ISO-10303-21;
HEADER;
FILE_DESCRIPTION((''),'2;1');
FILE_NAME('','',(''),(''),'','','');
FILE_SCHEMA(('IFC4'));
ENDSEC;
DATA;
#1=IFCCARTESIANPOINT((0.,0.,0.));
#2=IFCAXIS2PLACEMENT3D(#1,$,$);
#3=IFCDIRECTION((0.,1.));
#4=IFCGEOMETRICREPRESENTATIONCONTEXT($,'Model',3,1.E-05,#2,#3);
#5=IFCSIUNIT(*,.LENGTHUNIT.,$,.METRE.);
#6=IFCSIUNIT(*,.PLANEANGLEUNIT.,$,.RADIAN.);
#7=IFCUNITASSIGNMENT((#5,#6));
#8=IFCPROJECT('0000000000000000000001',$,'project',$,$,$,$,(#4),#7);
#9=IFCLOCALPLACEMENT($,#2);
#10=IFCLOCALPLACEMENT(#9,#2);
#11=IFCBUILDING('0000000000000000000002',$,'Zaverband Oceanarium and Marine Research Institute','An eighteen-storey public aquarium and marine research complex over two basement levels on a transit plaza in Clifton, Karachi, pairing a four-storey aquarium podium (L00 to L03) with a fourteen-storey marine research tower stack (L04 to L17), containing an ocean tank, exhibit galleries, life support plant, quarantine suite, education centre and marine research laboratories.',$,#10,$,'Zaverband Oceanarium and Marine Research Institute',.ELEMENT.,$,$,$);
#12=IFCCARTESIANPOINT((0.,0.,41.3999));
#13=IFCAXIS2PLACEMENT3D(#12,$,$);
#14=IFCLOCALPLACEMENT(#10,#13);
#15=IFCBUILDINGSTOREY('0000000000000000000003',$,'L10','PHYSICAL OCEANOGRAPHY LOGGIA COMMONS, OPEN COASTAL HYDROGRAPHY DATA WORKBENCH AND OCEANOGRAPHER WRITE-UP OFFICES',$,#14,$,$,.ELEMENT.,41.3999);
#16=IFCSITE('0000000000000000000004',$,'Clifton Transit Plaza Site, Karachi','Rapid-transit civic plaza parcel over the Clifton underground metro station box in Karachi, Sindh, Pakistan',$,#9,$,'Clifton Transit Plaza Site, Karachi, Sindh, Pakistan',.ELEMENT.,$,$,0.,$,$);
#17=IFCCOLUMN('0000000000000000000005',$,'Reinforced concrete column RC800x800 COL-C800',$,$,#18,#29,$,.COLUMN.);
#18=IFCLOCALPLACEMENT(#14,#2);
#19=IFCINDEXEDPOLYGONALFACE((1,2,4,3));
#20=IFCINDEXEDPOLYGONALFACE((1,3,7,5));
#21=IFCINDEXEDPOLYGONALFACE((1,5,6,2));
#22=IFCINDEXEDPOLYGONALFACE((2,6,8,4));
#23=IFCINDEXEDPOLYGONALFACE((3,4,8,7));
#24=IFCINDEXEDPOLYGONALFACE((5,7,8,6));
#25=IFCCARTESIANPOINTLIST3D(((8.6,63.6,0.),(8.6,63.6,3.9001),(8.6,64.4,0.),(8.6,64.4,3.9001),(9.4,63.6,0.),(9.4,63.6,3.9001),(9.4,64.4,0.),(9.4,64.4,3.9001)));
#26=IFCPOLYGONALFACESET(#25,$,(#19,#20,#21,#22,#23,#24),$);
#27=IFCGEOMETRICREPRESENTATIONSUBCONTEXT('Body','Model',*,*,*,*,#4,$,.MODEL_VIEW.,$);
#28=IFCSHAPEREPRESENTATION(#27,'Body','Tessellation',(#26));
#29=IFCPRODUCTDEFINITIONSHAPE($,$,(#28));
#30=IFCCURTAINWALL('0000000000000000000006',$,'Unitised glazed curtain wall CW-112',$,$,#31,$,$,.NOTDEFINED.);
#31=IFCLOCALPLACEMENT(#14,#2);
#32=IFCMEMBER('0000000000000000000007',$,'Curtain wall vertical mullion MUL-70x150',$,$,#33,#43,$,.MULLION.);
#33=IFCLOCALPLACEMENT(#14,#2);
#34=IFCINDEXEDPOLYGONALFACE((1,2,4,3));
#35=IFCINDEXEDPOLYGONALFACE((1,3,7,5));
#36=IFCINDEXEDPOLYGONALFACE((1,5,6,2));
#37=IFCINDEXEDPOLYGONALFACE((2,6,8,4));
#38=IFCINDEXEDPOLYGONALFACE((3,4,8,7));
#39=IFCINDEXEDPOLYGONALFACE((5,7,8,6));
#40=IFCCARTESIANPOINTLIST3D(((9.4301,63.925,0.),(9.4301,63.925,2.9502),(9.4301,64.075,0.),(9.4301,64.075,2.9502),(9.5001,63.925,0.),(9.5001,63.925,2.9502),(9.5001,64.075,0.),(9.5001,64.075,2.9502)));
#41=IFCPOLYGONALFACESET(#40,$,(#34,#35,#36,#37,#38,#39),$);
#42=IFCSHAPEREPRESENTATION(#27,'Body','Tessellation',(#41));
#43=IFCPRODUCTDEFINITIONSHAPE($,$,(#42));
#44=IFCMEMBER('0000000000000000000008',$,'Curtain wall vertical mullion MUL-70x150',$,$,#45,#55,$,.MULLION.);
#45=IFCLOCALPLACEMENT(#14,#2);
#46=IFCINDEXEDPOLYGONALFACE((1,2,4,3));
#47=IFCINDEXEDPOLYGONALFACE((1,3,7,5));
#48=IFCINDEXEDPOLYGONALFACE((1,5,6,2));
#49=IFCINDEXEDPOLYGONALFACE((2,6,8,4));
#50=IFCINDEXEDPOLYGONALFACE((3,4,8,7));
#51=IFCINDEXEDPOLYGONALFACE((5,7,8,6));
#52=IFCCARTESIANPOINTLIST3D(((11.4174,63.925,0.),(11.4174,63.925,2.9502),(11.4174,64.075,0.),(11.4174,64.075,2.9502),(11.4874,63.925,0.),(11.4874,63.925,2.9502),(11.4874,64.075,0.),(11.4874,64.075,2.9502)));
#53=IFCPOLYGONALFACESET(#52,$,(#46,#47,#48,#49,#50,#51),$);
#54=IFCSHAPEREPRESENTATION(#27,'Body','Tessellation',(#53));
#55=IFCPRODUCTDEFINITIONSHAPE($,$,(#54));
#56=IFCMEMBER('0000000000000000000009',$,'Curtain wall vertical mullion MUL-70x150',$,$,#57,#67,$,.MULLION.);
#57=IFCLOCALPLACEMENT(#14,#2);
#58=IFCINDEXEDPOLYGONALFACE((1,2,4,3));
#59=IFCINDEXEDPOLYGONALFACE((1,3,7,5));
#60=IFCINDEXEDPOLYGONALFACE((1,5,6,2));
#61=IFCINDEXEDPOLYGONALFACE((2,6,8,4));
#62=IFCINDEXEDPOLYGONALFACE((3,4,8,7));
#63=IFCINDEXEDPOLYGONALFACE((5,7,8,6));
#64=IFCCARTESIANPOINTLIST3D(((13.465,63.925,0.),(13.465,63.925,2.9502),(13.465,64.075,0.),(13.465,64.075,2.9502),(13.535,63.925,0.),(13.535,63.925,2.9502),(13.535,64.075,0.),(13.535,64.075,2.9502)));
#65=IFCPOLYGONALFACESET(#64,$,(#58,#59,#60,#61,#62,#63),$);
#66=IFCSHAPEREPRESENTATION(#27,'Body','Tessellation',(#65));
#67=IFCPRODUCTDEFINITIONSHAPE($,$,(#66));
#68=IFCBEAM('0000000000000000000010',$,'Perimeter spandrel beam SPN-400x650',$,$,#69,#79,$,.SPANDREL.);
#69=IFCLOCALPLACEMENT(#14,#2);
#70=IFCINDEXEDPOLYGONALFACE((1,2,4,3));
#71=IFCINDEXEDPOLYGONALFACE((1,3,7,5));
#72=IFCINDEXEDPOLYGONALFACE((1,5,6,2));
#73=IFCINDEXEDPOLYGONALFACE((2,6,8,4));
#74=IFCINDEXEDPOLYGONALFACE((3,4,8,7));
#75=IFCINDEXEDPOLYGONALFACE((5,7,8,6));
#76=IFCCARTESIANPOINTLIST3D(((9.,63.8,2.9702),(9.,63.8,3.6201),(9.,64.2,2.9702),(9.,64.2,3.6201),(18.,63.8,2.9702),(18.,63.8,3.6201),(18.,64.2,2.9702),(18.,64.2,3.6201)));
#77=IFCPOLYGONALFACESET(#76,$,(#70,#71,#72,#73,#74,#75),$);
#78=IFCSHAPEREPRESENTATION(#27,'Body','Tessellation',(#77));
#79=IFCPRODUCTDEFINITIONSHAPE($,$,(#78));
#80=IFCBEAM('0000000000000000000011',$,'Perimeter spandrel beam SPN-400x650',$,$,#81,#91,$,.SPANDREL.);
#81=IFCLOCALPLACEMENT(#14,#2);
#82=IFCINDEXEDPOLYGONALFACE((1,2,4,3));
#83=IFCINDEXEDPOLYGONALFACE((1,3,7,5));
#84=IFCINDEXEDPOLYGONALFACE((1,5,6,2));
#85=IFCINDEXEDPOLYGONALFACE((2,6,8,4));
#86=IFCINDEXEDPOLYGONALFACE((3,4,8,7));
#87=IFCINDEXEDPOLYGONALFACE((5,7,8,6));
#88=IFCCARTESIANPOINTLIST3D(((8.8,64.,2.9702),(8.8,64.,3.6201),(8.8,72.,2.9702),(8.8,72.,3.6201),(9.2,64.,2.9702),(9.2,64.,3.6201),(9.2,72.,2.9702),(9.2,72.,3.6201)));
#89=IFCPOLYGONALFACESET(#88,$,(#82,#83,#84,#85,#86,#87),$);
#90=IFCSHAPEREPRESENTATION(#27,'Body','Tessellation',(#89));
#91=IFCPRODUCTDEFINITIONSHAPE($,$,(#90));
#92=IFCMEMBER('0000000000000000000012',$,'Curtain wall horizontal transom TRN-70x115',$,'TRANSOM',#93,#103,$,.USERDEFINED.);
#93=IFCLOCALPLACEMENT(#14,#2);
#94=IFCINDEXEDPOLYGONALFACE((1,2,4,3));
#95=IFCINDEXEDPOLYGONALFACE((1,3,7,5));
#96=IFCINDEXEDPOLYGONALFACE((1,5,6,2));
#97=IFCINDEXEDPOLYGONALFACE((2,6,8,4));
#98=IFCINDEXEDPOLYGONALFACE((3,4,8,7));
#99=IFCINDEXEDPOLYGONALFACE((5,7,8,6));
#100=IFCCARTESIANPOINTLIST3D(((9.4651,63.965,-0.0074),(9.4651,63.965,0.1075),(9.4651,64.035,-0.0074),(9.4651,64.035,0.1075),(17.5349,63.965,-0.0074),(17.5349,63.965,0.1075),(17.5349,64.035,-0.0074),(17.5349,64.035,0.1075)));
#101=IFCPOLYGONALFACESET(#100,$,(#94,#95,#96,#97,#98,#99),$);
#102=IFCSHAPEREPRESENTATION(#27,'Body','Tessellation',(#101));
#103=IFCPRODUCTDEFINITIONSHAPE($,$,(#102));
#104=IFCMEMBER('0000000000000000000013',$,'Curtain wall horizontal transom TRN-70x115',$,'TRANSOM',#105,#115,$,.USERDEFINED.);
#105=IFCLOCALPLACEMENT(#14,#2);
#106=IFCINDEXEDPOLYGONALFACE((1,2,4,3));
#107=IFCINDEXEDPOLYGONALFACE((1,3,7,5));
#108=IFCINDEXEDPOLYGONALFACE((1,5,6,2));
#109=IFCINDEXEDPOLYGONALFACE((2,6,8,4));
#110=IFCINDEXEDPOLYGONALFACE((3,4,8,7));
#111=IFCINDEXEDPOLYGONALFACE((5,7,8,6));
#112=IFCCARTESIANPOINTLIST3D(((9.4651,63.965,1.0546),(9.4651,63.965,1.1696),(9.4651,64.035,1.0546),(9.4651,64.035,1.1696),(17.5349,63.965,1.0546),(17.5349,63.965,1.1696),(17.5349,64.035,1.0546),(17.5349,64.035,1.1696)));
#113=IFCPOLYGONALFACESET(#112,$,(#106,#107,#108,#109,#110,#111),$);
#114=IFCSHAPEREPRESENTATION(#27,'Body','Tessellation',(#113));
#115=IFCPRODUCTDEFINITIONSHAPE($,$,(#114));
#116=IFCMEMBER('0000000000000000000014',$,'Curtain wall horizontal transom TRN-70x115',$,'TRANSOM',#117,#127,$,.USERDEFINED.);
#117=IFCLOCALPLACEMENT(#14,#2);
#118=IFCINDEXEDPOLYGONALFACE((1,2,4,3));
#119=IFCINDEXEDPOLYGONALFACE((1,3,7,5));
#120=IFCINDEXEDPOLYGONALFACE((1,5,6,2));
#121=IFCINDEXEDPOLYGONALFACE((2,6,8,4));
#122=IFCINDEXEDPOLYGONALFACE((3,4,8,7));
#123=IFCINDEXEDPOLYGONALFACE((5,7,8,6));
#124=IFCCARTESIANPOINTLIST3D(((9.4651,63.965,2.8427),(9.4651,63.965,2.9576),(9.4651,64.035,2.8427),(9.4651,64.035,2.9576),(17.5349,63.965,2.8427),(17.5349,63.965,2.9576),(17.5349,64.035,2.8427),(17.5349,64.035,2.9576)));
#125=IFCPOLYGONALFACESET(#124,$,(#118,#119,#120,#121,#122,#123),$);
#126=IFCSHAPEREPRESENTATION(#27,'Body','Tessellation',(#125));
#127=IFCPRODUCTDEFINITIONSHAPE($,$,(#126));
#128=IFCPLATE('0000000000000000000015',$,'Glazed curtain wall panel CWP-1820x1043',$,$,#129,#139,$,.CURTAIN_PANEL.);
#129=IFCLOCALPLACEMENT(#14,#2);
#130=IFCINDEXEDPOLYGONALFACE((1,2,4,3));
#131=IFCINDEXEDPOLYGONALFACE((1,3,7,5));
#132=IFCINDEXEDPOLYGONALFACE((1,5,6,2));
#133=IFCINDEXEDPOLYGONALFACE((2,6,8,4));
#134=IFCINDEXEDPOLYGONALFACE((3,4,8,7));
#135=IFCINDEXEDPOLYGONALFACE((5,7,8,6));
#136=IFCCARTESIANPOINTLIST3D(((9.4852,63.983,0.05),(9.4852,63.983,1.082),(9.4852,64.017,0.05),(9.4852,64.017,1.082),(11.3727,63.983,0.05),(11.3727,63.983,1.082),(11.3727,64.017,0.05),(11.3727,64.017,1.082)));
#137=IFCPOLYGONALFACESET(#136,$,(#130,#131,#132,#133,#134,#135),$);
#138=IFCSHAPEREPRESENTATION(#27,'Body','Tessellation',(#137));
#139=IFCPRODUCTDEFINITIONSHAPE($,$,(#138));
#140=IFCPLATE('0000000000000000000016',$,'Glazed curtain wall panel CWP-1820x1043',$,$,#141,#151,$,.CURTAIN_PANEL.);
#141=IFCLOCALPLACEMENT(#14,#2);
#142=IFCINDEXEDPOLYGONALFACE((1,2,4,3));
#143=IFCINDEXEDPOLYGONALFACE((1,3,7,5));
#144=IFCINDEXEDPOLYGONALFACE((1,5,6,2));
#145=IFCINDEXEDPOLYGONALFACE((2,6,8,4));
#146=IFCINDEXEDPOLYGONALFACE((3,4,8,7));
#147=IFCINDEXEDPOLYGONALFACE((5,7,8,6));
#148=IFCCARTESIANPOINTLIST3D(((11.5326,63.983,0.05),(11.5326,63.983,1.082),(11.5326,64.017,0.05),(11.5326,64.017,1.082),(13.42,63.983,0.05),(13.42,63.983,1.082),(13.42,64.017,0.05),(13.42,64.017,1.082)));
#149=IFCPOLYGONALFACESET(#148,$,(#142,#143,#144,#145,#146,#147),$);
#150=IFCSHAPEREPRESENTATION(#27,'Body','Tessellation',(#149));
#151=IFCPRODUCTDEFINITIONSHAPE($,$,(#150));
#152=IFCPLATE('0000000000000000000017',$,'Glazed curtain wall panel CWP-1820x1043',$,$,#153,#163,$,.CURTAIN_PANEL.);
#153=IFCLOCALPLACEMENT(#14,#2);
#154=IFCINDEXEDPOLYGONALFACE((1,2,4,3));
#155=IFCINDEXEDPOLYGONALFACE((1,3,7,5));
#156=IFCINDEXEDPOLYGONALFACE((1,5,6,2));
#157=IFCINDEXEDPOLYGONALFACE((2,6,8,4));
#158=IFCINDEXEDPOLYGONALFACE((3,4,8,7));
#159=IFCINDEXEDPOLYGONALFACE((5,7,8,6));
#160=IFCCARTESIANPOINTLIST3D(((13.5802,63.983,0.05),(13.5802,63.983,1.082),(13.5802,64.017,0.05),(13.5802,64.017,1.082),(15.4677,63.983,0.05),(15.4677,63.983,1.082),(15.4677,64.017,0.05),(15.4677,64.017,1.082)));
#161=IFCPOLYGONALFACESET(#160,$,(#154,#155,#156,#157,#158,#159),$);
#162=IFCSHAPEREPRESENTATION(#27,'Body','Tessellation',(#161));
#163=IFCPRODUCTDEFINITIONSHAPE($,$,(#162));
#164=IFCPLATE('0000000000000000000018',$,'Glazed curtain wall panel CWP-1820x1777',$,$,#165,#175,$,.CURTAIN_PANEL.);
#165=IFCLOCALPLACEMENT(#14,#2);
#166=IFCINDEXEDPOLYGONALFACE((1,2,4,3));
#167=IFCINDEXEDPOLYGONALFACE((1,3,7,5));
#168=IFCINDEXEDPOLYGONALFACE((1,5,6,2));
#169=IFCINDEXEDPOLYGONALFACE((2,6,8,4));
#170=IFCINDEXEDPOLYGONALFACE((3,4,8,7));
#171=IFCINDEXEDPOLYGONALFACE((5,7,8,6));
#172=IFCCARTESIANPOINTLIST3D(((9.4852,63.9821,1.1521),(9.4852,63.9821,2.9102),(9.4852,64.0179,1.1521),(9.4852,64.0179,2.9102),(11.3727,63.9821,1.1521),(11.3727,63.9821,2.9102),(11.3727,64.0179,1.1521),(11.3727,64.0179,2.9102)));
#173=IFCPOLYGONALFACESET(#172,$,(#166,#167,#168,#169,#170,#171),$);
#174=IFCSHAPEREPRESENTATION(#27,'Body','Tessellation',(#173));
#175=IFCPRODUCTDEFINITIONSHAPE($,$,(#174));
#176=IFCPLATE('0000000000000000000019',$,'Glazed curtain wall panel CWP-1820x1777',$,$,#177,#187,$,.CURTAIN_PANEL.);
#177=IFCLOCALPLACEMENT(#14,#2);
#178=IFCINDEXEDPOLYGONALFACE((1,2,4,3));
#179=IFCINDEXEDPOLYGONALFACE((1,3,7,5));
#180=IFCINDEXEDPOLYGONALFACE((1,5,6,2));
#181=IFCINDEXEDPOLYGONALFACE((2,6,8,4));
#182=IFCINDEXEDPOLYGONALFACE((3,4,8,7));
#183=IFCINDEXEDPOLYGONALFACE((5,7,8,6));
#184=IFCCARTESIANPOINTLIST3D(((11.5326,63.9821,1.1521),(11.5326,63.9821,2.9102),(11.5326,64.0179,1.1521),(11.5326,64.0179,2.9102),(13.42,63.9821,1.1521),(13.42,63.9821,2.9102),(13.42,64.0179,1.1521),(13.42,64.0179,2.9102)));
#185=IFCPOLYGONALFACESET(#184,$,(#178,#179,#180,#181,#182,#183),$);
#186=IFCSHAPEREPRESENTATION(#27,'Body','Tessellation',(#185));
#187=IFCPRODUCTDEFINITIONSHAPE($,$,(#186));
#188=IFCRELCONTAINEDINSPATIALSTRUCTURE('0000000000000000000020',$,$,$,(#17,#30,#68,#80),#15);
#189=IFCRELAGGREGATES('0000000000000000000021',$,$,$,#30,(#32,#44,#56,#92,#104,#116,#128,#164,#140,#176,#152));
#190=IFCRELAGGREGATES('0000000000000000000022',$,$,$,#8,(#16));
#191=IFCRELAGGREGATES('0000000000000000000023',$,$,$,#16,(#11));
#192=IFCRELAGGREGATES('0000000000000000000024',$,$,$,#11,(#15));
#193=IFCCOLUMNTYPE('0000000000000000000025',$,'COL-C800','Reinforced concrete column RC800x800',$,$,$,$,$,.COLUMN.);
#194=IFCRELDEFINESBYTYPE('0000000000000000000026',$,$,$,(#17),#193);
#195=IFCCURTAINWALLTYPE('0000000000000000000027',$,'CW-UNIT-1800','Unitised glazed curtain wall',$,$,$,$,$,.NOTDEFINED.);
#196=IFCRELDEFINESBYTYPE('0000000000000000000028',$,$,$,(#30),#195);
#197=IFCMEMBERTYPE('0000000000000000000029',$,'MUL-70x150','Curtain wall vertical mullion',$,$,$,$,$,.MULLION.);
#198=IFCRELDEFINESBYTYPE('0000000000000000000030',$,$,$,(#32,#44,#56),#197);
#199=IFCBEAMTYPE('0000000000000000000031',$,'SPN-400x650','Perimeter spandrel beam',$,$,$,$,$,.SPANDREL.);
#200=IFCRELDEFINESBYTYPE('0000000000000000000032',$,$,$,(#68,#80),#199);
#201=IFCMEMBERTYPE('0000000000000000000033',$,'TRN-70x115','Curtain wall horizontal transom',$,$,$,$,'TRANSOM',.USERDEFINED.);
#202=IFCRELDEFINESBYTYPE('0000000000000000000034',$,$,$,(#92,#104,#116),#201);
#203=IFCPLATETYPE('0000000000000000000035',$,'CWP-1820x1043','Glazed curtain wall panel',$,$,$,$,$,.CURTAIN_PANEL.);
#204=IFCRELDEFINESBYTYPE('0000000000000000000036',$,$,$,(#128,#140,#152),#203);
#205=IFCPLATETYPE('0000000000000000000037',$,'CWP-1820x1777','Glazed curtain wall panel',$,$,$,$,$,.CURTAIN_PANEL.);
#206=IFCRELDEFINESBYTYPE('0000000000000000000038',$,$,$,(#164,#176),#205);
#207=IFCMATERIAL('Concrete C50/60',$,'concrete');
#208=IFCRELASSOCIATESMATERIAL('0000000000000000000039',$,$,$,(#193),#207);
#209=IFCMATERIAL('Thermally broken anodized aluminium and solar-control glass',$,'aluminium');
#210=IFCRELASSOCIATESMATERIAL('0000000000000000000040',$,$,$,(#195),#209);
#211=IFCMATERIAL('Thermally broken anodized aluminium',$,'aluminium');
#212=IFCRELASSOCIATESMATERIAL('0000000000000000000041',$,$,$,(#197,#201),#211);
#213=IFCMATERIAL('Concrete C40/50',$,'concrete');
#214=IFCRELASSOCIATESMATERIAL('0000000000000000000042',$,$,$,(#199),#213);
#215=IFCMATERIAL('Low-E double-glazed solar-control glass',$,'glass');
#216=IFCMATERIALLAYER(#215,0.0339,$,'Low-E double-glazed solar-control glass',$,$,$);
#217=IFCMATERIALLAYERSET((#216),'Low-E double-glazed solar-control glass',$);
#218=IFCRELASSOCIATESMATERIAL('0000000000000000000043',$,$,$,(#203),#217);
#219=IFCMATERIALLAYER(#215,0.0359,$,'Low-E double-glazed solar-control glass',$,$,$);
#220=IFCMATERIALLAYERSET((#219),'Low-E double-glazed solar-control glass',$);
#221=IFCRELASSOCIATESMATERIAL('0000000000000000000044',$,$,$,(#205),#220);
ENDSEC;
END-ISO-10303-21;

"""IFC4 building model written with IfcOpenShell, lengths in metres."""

from ifc_helpers import new_model, si_unit, direction, frame, frame_2d, origin, origin_2d, place, context, subcontext, project, spatial, rectangle, extrude, material, layer, layer_set, material_profile, profile_set, type_object, element, aggregate, save


model = new_model("IFC4")

# Units and contexts
model_context = context("Model", 3, precision=1e-05, world=origin(), true_north=direction((0.0, 1.0)))
body_context = subcontext(model_context, "Body", "Model", "MODEL_VIEW")
ifc_project = project(units=[si_unit("LENGTHUNIT", "METRE"), si_unit("PLANEANGLEUNIT", "RADIAN")], contexts=[model_context])

# Site, building, storey
site_placement = place(None, origin())
site = spatial("IfcSite", under=ifc_project, at=site_placement, Name="Clifton Transit Plaza Site, Karachi", Description="Rapid-transit civic plaza parcel over the Clifton underground metro station box in Karachi, Sindh, Pakistan", LongName="Clifton Transit Plaza Site, Karachi, Sindh, Pakistan", CompositionType="ELEMENT", RefElevation=0.0)
building_placement = place(site_placement, origin())
building = spatial("IfcBuilding", under=site, at=building_placement, Name="Zaverband Oceanarium and Marine Research Institute", Description="An eighteen-storey public aquarium and marine research complex over two basement levels on a transit plaza in Clifton, Karachi, pairing a four-storey aquarium podium (L00 to L03) with a fourteen-storey marine research tower stack (L04 to L17), containing an ocean tank, exhibit galleries, life support plant, quarantine suite, education centre and marine research laboratories.", LongName="Zaverband Oceanarium and Marine Research Institute", CompositionType="ELEMENT")
storey_placement = place(building_placement, frame((0.0, 0.0, 41.3999)))
storey = spatial("IfcBuildingStorey", under=building, at=storey_placement, Name="L10", Description="PHYSICAL OCEANOGRAPHY LOGGIA COMMONS, OPEN COASTAL HYDROGRAPHY DATA WORKBENCH AND OCEANOGRAPHER WRITE-UP OFFICES", CompositionType="ELEMENT", Elevation=41.3999)

# Column
ifc_material_1 = material(Name="Concrete C50/60", Category="concrete")
ifc_material_profile_1 = material_profile(ifc_material_1, rectangle(XDim=0.8, YDim=0.8, at=origin_2d()), Name="RC800x800")
ifc_profile_set_1 = profile_set([ifc_material_profile_1], Name="Concrete C50/60")
column_type = type_object("IfcColumnType", Name="COL-C800", Description="Reinforced concrete column RC800x800", PredefinedType="COLUMN", material=ifc_profile_set_1)
column_placement = place(storey_placement, frame((9.0, 64.0, 0.0), z_axis=(0.0, 0.0, 1.0), x_axis=(1.0, 0.0, 0.0)))
element("IfcColumn", 1, at=column_placement, inside=storey, type_object=column_type, Name="Reinforced concrete column RC800x800 COL-C800", PredefinedType="COLUMN", context=body_context, shape_type="SweptSolid", body=[
    extrude(rectangle(XDim=0.8, YDim=0.8, at=origin_2d()), origin(), (0.0, 0.0, 1.0), 3.9001),
])

# Curtain wall, members
ifc_material_2 = material(Name="Thermally broken anodized aluminium and solar-control glass", Category="aluminium")
curtain_wall_type = type_object("IfcCurtainWallType", Name="CW-UNIT-1800", Description="Unitised glazed curtain wall", PredefinedType="NOTDEFINED", material=ifc_material_2)
curtain_wall_placement = place(storey_placement, origin())
curtain_wall = element("IfcCurtainWall", 2, at=curtain_wall_placement, inside=storey, type_object=curtain_wall_type, Name="Unitised glazed curtain wall CW-112", PredefinedType="NOTDEFINED")
ifc_material_3 = material(Name="Thermally broken anodized aluminium", Category="aluminium")
ifc_material_profile_2 = material_profile(ifc_material_3, rectangle(XDim=0.0701, YDim=0.1499, at=origin_2d()), Name="AL-MUL-70x150")
ifc_profile_set_2 = profile_set([ifc_material_profile_2], Name="Thermally broken anodized aluminium")
member_type_1 = type_object("IfcMemberType", Name="MUL-70x150", Description="Curtain wall vertical mullion", PredefinedType="MULLION", material=ifc_profile_set_2)
member_1_placement = place(storey_placement, frame((9.4651, 64.0, 0.0), z_axis=(0.0, 0.0, 1.0), x_axis=(1.0, 0.0, 0.0)))
member_1 = element("IfcMember", 3, at=member_1_placement, type_object=member_type_1, Name="Curtain wall vertical mullion MUL-70x150", PredefinedType="MULLION", context=body_context, shape_type="SweptSolid", body=[
    extrude(rectangle(XDim=0.0701, YDim=0.1499, at=origin_2d()), origin(), (0.0, 0.0, 1.0), 2.9502),
])
member_2_placement = place(storey_placement, frame((11.4524, 64.0, 0.0), z_axis=(0.0, 0.0, 1.0), x_axis=(1.0, 0.0, 0.0)))
member_2 = element("IfcMember", 4, at=member_2_placement, type_object=member_type_1, Name="Curtain wall vertical mullion MUL-70x150", PredefinedType="MULLION", context=body_context, shape_type="SweptSolid", body=[
    extrude(rectangle(XDim=0.0701, YDim=0.1499, at=origin_2d()), origin(), (0.0, 0.0, 1.0), 2.9502),
])
member_3_placement = place(storey_placement, frame((13.5, 64.0, 0.0), z_axis=(0.0, 0.0, 1.0), x_axis=(1.0, 0.0, 0.0)))
member_3 = element("IfcMember", 5, at=member_3_placement, type_object=member_type_1, Name="Curtain wall vertical mullion MUL-70x150", PredefinedType="MULLION", context=body_context, shape_type="SweptSolid", body=[
    extrude(rectangle(XDim=0.0701, YDim=0.1499, at=origin_2d()), origin(), (0.0, 0.0, 1.0), 2.9502),
])

# Beams
ifc_material_4 = material(Name="Concrete C40/50", Category="concrete")
ifc_material_profile_3 = material_profile(ifc_material_4, rectangle(XDim=0.3999, YDim=0.6499, at=origin_2d()), Name="RC400x650")
ifc_profile_set_3 = profile_set([ifc_material_profile_3], Name="Concrete C40/50")
beam_type = type_object("IfcBeamType", Name="SPN-400x650", Description="Perimeter spandrel beam", PredefinedType="SPANDREL", material=ifc_profile_set_3)
beam_1_placement = place(storey_placement, frame((9.0, 64.0, 3.2952), z_axis=(1.0, 0.0, 0.0), x_axis=(0.0, 1.0, 0.0)))
element("IfcBeam", 6, at=beam_1_placement, inside=storey, type_object=beam_type, Name="Perimeter spandrel beam SPN-400x650", PredefinedType="SPANDREL", context=body_context, shape_type="SweptSolid", body=[
    extrude(rectangle(XDim=0.3999, YDim=0.6499, at=origin_2d()), origin(), (0.0, 0.0, 1.0), 9.0),
])
beam_2_placement = place(storey_placement, frame((9.0, 64.0, 3.2952), z_axis=(0.0, 1.0, 0.0), x_axis=(-1.0, 0.0, 0.0)))
element("IfcBeam", 7, at=beam_2_placement, inside=storey, type_object=beam_type, Name="Perimeter spandrel beam SPN-400x650", PredefinedType="SPANDREL", context=body_context, shape_type="SweptSolid", body=[
    extrude(rectangle(XDim=0.3999, YDim=0.6499, at=origin_2d()), origin(), (0.0, 0.0, 1.0), 8.0),
])

# Members
ifc_material_profile_4 = material_profile(ifc_material_3, rectangle(XDim=0.0701, YDim=0.115, at=origin_2d()), Name="AL-TRN-70x115")
ifc_profile_set_4 = profile_set([ifc_material_profile_4], Name="Thermally broken anodized aluminium")
member_type_2 = type_object("IfcMemberType", Name="TRN-70x115", Description="Curtain wall horizontal transom", ElementType="TRANSOM", PredefinedType="USERDEFINED", material=ifc_profile_set_4)
member_4_placement = place(storey_placement, frame((9.4651, 64.0, 0.05), z_axis=(1.0, 0.0, 0.0), x_axis=(0.0, 1.0, 0.0)))
member_4 = element("IfcMember", 8, at=member_4_placement, type_object=member_type_2, Name="Curtain wall horizontal transom TRN-70x115", ObjectType="TRANSOM", PredefinedType="USERDEFINED", context=body_context, shape_type="SweptSolid", body=[
    extrude(rectangle(XDim=0.0701, YDim=0.115, at=origin_2d()), origin(), (0.0, 0.0, 1.0), 8.0698),
])
member_5_placement = place(storey_placement, frame((9.4651, 64.0, 1.1121), z_axis=(1.0, 0.0, 0.0), x_axis=(0.0, 1.0, 0.0)))
member_5 = element("IfcMember", 9, at=member_5_placement, type_object=member_type_2, Name="Curtain wall horizontal transom TRN-70x115", ObjectType="TRANSOM", PredefinedType="USERDEFINED", context=body_context, shape_type="SweptSolid", body=[
    extrude(rectangle(XDim=0.0701, YDim=0.115, at=origin_2d()), origin(), (0.0, 0.0, 1.0), 8.0698),
])
member_6_placement = place(storey_placement, frame((9.4651, 64.0, 2.9001), z_axis=(1.0, 0.0, 0.0), x_axis=(0.0, 1.0, 0.0)))
member_6 = element("IfcMember", 10, at=member_6_placement, type_object=member_type_2, Name="Curtain wall horizontal transom TRN-70x115", ObjectType="TRANSOM", PredefinedType="USERDEFINED", context=body_context, shape_type="SweptSolid", body=[
    extrude(rectangle(XDim=0.0701, YDim=0.115, at=origin_2d()), origin(), (0.0, 0.0, 1.0), 8.0698),
])

# Plates
ifc_material_5 = material(Name="Low-E double-glazed solar-control glass", Category="glass")
ifc_layer_1 = layer(ifc_material_5, 0.0339, Name="Low-E double-glazed solar-control glass")
ifc_layer_set_1 = layer_set([ifc_layer_1], Name="Low-E double-glazed solar-control glass")
plate_type_1 = type_object("IfcPlateType", Name="CWP-1820x1043", Description="Glazed curtain wall panel", PredefinedType="CURTAIN_PANEL", material=ifc_layer_set_1)
plate_1_placement = place(storey_placement, frame((9.4851, 64.0, 0.05), z_axis=(0.0, 0.0, 1.0), x_axis=(1.0, 0.0, 0.0)))
plate_1 = element("IfcPlate", 11, at=plate_1_placement, type_object=plate_type_1, Name="Glazed curtain wall panel CWP-1820x1043", PredefinedType="CURTAIN_PANEL", context=body_context, shape_type="SweptSolid", body=[
    extrude(rectangle(XDim=1.8875, YDim=0.0339, at=frame_2d((0.9438, 0.0))), origin(), (0.0, 0.0, 1.0), 1.032),
])
plate_2_placement = place(storey_placement, frame((11.5325, 64.0, 0.05), z_axis=(0.0, 0.0, 1.0), x_axis=(1.0, 0.0, 0.0)))
plate_2 = element("IfcPlate", 12, at=plate_2_placement, type_object=plate_type_1, Name="Glazed curtain wall panel CWP-1820x1043", PredefinedType="CURTAIN_PANEL", context=body_context, shape_type="SweptSolid", body=[
    extrude(rectangle(XDim=1.8875, YDim=0.0339, at=frame_2d((0.9438, 0.0))), origin(), (0.0, 0.0, 1.0), 1.032),
])
plate_3_placement = place(storey_placement, frame((13.5801, 64.0, 0.05), z_axis=(0.0, 0.0, 1.0), x_axis=(1.0, 0.0, 0.0)))
plate_3 = element("IfcPlate", 13, at=plate_3_placement, type_object=plate_type_1, Name="Glazed curtain wall panel CWP-1820x1043", PredefinedType="CURTAIN_PANEL", context=body_context, shape_type="SweptSolid", body=[
    extrude(rectangle(XDim=1.8875, YDim=0.0339, at=frame_2d((0.9438, 0.0))), origin(), (0.0, 0.0, 1.0), 1.032),
])
ifc_layer_2 = layer(ifc_material_5, 0.0359, Name="Low-E double-glazed solar-control glass")
ifc_layer_set_2 = layer_set([ifc_layer_2], Name="Low-E double-glazed solar-control glass")
plate_type_2 = type_object("IfcPlateType", Name="CWP-1820x1777", Description="Glazed curtain wall panel", PredefinedType="CURTAIN_PANEL", material=ifc_layer_set_2)
plate_4_placement = place(storey_placement, frame((9.4851, 64.0, 1.1521), z_axis=(0.0, 0.0, 1.0), x_axis=(1.0, 0.0, 0.0)))
plate_4 = element("IfcPlate", 14, at=plate_4_placement, type_object=plate_type_2, Name="Glazed curtain wall panel CWP-1820x1777", PredefinedType="CURTAIN_PANEL", context=body_context, shape_type="SweptSolid", body=[
    extrude(rectangle(XDim=1.8875, YDim=0.0359, at=frame_2d((0.9438, 0.0))), origin(), (0.0, 0.0, 1.0), 1.7581),
])
plate_5_placement = place(storey_placement, frame((11.5325, 64.0, 1.1521), z_axis=(0.0, 0.0, 1.0), x_axis=(1.0, 0.0, 0.0)))
plate_5 = element("IfcPlate", 15, at=plate_5_placement, type_object=plate_type_2, Name="Glazed curtain wall panel CWP-1820x1777", PredefinedType="CURTAIN_PANEL", context=body_context, shape_type="SweptSolid", body=[
    extrude(rectangle(XDim=1.8875, YDim=0.0359, at=frame_2d((0.9438, 0.0))), origin(), (0.0, 0.0, 1.0), 1.7581),
])
aggregate(curtain_wall, [member_1, member_2, member_3, member_4, member_5, member_6, plate_1, plate_4, plate_2, plate_5, plate_3])

save(model, "model.ifc")
